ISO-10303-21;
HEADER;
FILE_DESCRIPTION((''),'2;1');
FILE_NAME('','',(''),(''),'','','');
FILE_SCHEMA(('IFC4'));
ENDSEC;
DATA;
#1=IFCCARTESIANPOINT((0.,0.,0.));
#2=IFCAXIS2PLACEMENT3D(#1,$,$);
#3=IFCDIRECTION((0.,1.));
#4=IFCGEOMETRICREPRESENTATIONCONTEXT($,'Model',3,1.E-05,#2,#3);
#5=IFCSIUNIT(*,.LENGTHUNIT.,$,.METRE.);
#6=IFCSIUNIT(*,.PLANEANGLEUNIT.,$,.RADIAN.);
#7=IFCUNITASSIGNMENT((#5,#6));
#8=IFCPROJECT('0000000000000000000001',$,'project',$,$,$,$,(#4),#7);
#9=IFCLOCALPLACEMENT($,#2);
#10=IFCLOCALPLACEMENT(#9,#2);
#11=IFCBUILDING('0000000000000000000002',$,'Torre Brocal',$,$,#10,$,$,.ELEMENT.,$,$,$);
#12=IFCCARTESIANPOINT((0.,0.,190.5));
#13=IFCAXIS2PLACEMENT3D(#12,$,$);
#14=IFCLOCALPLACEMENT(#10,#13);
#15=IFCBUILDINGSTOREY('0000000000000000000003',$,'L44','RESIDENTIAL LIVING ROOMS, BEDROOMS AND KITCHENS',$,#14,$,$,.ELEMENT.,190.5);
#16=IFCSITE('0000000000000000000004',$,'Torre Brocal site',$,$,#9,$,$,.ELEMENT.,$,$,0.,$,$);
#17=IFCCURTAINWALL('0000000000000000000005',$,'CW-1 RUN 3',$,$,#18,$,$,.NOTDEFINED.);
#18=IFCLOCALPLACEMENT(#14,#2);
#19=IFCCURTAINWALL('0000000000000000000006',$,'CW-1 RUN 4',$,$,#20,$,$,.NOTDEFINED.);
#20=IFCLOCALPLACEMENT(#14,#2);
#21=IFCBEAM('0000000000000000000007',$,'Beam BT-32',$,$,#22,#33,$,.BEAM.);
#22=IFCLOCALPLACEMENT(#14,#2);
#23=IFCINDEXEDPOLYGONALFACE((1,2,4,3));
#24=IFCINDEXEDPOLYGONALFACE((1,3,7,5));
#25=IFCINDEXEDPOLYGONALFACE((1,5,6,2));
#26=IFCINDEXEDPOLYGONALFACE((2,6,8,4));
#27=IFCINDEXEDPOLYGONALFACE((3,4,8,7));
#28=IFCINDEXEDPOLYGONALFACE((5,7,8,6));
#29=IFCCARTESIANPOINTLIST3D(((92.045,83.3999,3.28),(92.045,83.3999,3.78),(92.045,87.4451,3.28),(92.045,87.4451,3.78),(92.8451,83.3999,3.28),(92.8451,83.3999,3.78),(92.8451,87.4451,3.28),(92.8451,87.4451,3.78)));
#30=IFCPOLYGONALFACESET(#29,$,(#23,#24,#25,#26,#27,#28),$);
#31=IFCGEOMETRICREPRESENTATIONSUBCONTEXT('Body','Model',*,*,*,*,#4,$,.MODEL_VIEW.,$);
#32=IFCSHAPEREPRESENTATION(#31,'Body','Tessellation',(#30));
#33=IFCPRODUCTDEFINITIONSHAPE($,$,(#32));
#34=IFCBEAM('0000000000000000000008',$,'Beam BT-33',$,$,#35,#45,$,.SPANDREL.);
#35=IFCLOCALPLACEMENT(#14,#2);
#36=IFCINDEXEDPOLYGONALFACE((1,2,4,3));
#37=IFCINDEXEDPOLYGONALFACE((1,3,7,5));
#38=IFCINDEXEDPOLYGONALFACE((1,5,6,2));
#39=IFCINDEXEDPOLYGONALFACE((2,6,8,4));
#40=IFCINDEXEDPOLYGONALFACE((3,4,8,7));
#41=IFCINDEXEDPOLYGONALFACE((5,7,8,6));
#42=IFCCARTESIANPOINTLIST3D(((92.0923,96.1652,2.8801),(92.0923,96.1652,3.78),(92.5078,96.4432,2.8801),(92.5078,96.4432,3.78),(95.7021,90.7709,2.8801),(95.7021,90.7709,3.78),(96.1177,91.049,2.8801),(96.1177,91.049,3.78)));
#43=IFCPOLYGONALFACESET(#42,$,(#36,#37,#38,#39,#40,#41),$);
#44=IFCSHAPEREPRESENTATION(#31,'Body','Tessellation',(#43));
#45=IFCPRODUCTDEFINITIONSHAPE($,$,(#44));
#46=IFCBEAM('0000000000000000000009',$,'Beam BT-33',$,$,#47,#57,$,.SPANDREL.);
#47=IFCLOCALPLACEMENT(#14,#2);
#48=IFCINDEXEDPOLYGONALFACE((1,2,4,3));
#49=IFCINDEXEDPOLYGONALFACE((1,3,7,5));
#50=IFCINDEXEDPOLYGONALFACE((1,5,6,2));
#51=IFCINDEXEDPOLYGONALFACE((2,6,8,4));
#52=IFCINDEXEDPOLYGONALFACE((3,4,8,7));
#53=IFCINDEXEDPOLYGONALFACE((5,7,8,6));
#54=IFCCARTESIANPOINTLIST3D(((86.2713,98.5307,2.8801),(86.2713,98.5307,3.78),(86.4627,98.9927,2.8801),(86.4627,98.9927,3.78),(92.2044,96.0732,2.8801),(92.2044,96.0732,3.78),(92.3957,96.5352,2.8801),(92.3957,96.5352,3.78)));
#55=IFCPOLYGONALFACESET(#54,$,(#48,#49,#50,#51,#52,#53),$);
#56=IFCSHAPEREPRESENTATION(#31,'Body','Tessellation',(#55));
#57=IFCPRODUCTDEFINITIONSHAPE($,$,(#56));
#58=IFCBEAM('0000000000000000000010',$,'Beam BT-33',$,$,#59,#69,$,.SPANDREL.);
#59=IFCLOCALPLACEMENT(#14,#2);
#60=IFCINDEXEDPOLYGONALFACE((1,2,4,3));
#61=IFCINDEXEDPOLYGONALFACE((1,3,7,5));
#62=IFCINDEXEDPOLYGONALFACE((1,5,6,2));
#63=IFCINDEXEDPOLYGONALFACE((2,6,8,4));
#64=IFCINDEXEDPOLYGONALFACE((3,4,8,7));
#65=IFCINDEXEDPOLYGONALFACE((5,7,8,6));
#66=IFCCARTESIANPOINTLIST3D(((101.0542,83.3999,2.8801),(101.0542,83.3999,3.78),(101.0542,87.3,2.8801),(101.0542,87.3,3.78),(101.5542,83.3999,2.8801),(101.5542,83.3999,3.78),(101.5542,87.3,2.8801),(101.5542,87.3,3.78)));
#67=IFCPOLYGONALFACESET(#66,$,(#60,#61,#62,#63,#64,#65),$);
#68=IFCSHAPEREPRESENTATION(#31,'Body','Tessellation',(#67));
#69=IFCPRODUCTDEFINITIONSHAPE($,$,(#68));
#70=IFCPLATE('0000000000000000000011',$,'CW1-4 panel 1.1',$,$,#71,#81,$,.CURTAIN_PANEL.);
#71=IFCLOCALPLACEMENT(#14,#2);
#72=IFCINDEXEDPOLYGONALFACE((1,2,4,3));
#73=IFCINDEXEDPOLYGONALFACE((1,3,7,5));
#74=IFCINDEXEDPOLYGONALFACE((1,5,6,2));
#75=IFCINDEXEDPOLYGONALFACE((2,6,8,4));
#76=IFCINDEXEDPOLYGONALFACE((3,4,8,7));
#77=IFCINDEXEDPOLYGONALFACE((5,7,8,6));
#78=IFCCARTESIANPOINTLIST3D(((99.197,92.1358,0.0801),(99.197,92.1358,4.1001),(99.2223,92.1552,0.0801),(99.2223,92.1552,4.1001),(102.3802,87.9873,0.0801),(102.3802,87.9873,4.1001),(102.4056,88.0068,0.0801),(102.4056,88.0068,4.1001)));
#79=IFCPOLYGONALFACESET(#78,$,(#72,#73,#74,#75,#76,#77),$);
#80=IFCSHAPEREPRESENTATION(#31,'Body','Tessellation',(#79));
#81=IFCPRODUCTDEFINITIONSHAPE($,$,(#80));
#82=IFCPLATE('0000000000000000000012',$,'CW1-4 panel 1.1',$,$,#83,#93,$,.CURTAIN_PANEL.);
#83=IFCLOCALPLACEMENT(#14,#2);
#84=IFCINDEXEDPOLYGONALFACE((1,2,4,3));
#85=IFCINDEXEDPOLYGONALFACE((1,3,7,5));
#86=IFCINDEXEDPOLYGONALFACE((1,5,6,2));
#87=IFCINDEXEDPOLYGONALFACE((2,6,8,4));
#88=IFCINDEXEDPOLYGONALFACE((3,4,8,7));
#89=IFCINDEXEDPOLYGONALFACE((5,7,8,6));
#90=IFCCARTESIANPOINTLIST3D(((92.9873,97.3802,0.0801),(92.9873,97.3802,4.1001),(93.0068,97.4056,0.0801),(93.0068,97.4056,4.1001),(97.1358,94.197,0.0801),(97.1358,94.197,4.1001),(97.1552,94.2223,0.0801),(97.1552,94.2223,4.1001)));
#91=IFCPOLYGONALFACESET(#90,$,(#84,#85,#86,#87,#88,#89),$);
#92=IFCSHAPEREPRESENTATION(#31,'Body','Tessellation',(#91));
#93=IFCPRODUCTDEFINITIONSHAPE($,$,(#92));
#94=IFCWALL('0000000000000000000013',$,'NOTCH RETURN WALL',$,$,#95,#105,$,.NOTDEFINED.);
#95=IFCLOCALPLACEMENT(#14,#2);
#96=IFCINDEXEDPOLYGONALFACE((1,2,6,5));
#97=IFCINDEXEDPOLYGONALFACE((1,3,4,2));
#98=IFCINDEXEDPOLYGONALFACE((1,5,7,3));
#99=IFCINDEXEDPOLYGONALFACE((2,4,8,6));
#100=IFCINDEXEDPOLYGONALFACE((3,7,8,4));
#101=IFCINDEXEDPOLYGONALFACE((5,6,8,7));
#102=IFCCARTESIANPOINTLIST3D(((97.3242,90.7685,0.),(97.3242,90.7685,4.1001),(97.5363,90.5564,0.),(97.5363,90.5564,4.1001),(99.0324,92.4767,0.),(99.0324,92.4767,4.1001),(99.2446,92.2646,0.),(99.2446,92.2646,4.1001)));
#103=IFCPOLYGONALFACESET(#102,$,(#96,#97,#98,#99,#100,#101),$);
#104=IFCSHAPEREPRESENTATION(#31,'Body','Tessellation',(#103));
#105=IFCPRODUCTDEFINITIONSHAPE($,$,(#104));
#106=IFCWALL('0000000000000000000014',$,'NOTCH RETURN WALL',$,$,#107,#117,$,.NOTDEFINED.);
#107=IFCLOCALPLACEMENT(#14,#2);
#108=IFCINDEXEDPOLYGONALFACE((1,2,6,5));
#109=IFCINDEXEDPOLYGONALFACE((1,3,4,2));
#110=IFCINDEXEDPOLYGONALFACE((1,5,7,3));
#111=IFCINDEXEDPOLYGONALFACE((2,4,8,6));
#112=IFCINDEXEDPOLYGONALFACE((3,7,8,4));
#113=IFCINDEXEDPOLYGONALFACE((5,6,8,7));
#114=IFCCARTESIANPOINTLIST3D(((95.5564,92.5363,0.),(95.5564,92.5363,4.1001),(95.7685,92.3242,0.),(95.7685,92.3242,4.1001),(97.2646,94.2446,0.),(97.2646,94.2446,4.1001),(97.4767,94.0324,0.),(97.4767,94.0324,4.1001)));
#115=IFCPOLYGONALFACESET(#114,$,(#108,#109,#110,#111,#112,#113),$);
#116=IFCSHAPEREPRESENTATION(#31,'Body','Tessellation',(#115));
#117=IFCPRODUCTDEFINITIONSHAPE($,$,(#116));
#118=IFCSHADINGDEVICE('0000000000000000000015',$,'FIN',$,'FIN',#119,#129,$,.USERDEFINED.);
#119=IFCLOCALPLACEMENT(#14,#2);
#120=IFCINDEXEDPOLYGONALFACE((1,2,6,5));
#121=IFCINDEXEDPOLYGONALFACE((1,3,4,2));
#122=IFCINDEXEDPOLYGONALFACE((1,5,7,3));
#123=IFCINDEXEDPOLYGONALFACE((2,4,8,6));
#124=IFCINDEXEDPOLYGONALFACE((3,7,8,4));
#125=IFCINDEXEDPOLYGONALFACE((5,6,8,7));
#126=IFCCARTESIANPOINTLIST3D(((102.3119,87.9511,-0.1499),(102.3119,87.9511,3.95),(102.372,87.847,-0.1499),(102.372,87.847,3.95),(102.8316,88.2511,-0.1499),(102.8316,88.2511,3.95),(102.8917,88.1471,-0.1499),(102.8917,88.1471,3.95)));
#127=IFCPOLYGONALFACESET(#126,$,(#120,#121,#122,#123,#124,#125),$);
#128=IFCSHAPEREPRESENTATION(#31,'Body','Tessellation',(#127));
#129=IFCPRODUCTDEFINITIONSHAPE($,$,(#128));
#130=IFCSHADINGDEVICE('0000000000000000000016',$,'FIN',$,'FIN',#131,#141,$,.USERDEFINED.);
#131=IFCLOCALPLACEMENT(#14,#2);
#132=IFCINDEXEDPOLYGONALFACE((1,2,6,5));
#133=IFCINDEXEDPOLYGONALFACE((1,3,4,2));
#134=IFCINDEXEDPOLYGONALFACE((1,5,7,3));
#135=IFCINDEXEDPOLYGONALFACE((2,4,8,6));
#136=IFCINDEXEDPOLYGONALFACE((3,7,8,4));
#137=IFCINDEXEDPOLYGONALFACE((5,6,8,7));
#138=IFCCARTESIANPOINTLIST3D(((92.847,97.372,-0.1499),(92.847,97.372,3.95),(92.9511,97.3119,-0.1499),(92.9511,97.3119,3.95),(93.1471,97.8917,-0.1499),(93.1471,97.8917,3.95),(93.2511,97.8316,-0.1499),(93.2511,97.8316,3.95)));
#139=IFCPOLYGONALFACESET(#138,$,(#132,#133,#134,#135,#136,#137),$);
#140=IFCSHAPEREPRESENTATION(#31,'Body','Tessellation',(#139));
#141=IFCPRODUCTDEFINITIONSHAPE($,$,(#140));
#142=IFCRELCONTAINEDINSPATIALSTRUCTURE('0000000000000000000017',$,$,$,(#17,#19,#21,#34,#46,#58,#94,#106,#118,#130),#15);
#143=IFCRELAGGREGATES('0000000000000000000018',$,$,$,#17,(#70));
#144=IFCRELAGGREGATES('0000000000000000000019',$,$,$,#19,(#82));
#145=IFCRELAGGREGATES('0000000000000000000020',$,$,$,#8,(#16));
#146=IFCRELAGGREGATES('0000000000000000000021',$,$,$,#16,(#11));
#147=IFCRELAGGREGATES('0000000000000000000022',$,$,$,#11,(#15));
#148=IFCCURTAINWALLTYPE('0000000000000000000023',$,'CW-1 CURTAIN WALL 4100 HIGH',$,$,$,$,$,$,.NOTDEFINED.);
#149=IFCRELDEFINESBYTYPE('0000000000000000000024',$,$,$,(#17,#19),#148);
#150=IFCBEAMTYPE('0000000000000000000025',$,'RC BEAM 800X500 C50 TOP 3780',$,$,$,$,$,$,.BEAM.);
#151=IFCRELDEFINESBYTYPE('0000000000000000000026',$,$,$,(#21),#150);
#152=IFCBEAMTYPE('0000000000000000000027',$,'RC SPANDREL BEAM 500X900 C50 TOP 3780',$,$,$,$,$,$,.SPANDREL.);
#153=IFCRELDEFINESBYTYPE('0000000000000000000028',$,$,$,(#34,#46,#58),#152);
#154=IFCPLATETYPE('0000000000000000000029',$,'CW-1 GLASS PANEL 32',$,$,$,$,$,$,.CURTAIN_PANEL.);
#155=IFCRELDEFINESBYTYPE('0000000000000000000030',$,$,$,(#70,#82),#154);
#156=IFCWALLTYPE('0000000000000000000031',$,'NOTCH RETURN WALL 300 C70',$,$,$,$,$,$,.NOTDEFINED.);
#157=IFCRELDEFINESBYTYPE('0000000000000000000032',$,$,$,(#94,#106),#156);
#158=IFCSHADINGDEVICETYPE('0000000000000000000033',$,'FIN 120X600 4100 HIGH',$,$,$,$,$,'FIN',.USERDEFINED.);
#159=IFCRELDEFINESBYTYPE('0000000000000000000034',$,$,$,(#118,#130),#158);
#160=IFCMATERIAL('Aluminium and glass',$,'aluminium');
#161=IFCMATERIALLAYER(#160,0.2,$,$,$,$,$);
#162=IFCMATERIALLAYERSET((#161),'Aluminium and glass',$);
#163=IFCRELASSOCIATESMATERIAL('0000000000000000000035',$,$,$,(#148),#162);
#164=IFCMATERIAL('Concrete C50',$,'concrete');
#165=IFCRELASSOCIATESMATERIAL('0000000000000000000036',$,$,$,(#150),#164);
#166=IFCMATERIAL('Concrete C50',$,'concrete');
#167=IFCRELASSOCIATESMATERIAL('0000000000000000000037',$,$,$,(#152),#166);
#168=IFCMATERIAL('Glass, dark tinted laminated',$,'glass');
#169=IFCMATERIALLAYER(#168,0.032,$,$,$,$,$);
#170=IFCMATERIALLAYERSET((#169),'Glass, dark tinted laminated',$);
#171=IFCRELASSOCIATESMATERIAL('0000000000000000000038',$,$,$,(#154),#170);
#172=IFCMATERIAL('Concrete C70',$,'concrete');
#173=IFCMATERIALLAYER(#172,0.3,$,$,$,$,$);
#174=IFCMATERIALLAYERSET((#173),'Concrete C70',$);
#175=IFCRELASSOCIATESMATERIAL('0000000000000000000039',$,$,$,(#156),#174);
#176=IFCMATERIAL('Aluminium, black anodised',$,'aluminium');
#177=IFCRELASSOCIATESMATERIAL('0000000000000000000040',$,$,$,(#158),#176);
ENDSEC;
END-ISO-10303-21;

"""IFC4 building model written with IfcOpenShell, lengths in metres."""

from ifc_helpers import new_model, si_unit, direction, frame, frame_2d, origin, origin_2d, place, context, subcontext, project, spatial, rectangle, extrude, material, layer, layer_set, material_profile, profile_set, type_object, element, aggregate, save


model = new_model("IFC4")

# Units and contexts
model_context = context("Model", 3, precision=1e-05, world=origin(), true_north=direction((0.0, 1.0)))
body_context = subcontext(model_context, "Body", "Model", "MODEL_VIEW")
ifc_project = project(units=[si_unit("LENGTHUNIT", "METRE"), si_unit("PLANEANGLEUNIT", "RADIAN")], contexts=[model_context])

# Site, building, storey
site_placement = place(None, origin())
site = spatial("IfcSite", under=ifc_project, at=site_placement, Name="Torre Brocal site", CompositionType="ELEMENT", RefElevation=0.0)
building_placement = place(site_placement, origin())
building = spatial("IfcBuilding", under=site, at=building_placement, Name="Torre Brocal", CompositionType="ELEMENT")
storey_placement = place(building_placement, frame((0.0, 0.0, 190.5)))
storey = spatial("IfcBuildingStorey", under=building, at=storey_placement, Name="L44", Description="RESIDENTIAL LIVING ROOMS, BEDROOMS AND KITCHENS", CompositionType="ELEMENT", Elevation=190.5)

# Shared definitions
ifc_material_1 = material(Name="Aluminium and glass", Category="aluminium")
ifc_layer_1 = layer(ifc_material_1, 0.2)
ifc_layer_set_1 = layer_set([ifc_layer_1], Name="Aluminium and glass")
curtain_wall_type = type_object("IfcCurtainWallType", Name="CW-1 CURTAIN WALL 4100 HIGH", PredefinedType="NOTDEFINED", material=ifc_layer_set_1)

# Curtain walls
curtain_wall_1_placement = place(storey_placement, origin())
curtain_wall_1 = element("IfcCurtainWall", 1, at=curtain_wall_1_placement, inside=storey, type_object=curtain_wall_type, Name="CW-1 RUN 3", PredefinedType="NOTDEFINED")
curtain_wall_2_placement = place(storey_placement, origin())
curtain_wall_2 = element("IfcCurtainWall", 2, at=curtain_wall_2_placement, inside=storey, type_object=curtain_wall_type, Name="CW-1 RUN 4", PredefinedType="NOTDEFINED")

# Beams
ifc_material_2 = material(Name="Concrete C50", Category="concrete")
ifc_material_profile_1 = material_profile(ifc_material_2, rectangle(XDim=0.8, YDim=0.5, at=origin_2d()), Name="RC 800X500")
ifc_profile_set_1 = profile_set([ifc_material_profile_1], Name="Concrete C50")
beam_type_1 = type_object("IfcBeamType", Name="RC BEAM 800X500 C50 TOP 3780", PredefinedType="BEAM", material=ifc_profile_set_1)
beam_1_placement = place(storey_placement, frame((92.4451, 87.4451, 3.53), z_axis=(0.0, -1.0, 0.0), x_axis=(1.0, 0.0, 0.0)))
element("IfcBeam", 3, at=beam_1_placement, inside=storey, type_object=beam_type_1, Name="Beam BT-32", PredefinedType="BEAM", context=body_context, shape_type="SweptSolid", body=[
    extrude(rectangle(XDim=0.8, YDim=0.5, at=origin_2d()), origin(), (0.0, 0.0, 1.0), 4.0452),
])
ifc_material_3 = material(Name="Concrete C50", Category="concrete")
ifc_material_profile_2 = material_profile(ifc_material_3, rectangle(XDim=0.5, YDim=0.8999, at=origin_2d()), Name="RC 500X900")
ifc_profile_set_2 = profile_set([ifc_material_profile_2], Name="Concrete C50")
beam_type_2 = type_object("IfcBeamType", Name="RC SPANDREL BEAM 500X900 C50 TOP 3780", PredefinedType="SPANDREL", material=ifc_profile_set_2)
beam_2_placement = place(storey_placement, frame((95.9099, 90.9099, 3.3301), z_axis=(-0.556158, 0.831077, 0.0), x_axis=(-0.831077, -0.556158, 0.0)))
element("IfcBeam", 4, at=beam_2_placement, inside=storey, type_object=beam_type_2, Name="Beam BT-33", PredefinedType="SPANDREL", context=body_context, shape_type="SweptSolid", body=[
    extrude(rectangle(XDim=0.5, YDim=0.8999, at=origin_2d()), origin(), (0.0, 0.0, 1.0), 6.4907),
])
beam_3_placement = place(storey_placement, frame((92.3, 96.3042, 3.3301), z_axis=(-0.923882, 0.382676, 0.0), x_axis=(-0.382676, -0.923882, 0.0)))
element("IfcBeam", 5, at=beam_3_placement, inside=storey, type_object=beam_type_2, Name="Beam BT-33", PredefinedType="SPANDREL", context=body_context, shape_type="SweptSolid", body=[
    extrude(rectangle(XDim=0.5, YDim=0.8999, at=origin_2d()), origin(), (0.0, 0.0, 1.0), 6.4219),
])
beam_4_placement = place(storey_placement, frame((101.3042, 87.3, 3.3301), z_axis=(0.0, -1.0, 0.0), x_axis=(1.0, 0.0, 0.0)))
element("IfcBeam", 6, at=beam_4_placement, inside=storey, type_object=beam_type_2, Name="Beam BT-33", PredefinedType="SPANDREL", context=body_context, shape_type="SweptSolid", body=[
    extrude(rectangle(XDim=0.5, YDim=0.8999, at=origin_2d()), origin(), (0.0, 0.0, 1.0), 3.9001),
])

# Plates
ifc_material_4 = material(Name="Glass, dark tinted laminated", Category="glass")
ifc_layer_2 = layer(ifc_material_4, 0.032)
ifc_layer_set_2 = layer_set([ifc_layer_2], Name="Glass, dark tinted laminated")
plate_type = type_object("IfcPlateType", Name="CW-1 GLASS PANEL 32", PredefinedType="CURTAIN_PANEL", material=ifc_layer_set_2)
plate_1_placement = place(storey_placement, frame((100.8013, 90.0713, 0.0801), z_axis=(0.0, 0.0, 1.0), x_axis=(-0.608761, 0.793353, 0.0)))
plate_1 = element("IfcPlate", 7, at=plate_1_placement, type_object=plate_type, Name="CW1-4 panel 1.1", PredefinedType="CURTAIN_PANEL", context=body_context, shape_type="SweptSolid", body=[
    extrude(rectangle(XDim=5.229, YDim=0.032, at=origin_2d()), origin(), (0.0, 0.0, 1.0), 4.02),
])
aggregate(curtain_wall_1, [plate_1])
plate_2_placement = place(storey_placement, frame((95.0713, 95.8013, 0.0801), z_axis=(0.0, 0.0, 1.0), x_axis=(-0.793353, 0.608761, 0.0)))
plate_2 = element("IfcPlate", 8, at=plate_2_placement, type_object=plate_type, Name="CW1-4 panel 1.1", PredefinedType="CURTAIN_PANEL", context=body_context, shape_type="SweptSolid", body=[
    extrude(rectangle(XDim=5.229, YDim=0.032, at=origin_2d()), origin(), (0.0, 0.0, 1.0), 4.02),
])
aggregate(curtain_wall_2, [plate_2])

# Walls
ifc_material_5 = material(Name="Concrete C70", Category="concrete")
ifc_layer_3 = layer(ifc_material_5, 0.3)
ifc_layer_set_3 = layer_set([ifc_layer_3], Name="Concrete C70")
wall_type = type_object("IfcWallType", Name="NOTCH RETURN WALL 300 C70", PredefinedType="NOTDEFINED", material=ifc_layer_set_3)
for number, where, z_axis, x_axis, name in (
    (9, (97.4302, 90.6624, 0.0), (0.0, 0.0, 1.0), (0.707107, 0.707107, 0.0), "NOTCH RETURN WALL"),
    (10, (95.6624, 92.4302, 0.0), (0.0, 0.0, 1.0), (0.707107, 0.707107, 0.0), "NOTCH RETURN WALL"),
):
    element("IfcWall", number, at=place(storey_placement, frame(where, z_axis=z_axis, x_axis=x_axis)), inside=storey, type_object=wall_type, Name=name, PredefinedType="NOTDEFINED", context=body_context, shape_type="SweptSolid", body=[
        extrude(rectangle(XDim=2.4158, YDim=0.3, at=frame_2d((1.208, 0.0))), origin(), (0.0, 0.0, 1.0), 4.1001),
    ])

# Shading devices
ifc_material_6 = material(Name="Aluminium, black anodised", Category="aluminium")
ifc_material_profile_3 = material_profile(ifc_material_6, rectangle(XDim=0.1201, YDim=0.6001, at=origin_2d()), Name="FIN 120X600 4100 HIGH")
ifc_profile_set_3 = profile_set([ifc_material_profile_3], Name="Aluminium, black anodised")
shading_device_type = type_object("IfcShadingDeviceType", Name="FIN 120X600 4100 HIGH", ElementType="FIN", PredefinedType="USERDEFINED", material=ifc_profile_set_3)
for number, where, z_axis, x_axis, name in (
    (11, (102.6018, 88.0491, -0.1499), (0.0, 0.0, 1.0), (-0.5, 0.866025, 0.0), "FIN"),
    (12, (93.0491, 97.6018, -0.1499), (0.0, 0.0, 1.0), (-0.866025, 0.5, 0.0), "FIN"),
):
    element("IfcShadingDevice", number, at=place(storey_placement, frame(where, z_axis=z_axis, x_axis=x_axis)), inside=storey, type_object=shading_device_type, Name=name, ObjectType="FIN", PredefinedType="USERDEFINED", context=body_context, shape_type="SweptSolid", body=[
        extrude(rectangle(XDim=0.1201, YDim=0.6001, at=origin_2d()), origin(), (0.0, 0.0, 1.0), 4.0999),
    ])

save(model, "model.ifc")
